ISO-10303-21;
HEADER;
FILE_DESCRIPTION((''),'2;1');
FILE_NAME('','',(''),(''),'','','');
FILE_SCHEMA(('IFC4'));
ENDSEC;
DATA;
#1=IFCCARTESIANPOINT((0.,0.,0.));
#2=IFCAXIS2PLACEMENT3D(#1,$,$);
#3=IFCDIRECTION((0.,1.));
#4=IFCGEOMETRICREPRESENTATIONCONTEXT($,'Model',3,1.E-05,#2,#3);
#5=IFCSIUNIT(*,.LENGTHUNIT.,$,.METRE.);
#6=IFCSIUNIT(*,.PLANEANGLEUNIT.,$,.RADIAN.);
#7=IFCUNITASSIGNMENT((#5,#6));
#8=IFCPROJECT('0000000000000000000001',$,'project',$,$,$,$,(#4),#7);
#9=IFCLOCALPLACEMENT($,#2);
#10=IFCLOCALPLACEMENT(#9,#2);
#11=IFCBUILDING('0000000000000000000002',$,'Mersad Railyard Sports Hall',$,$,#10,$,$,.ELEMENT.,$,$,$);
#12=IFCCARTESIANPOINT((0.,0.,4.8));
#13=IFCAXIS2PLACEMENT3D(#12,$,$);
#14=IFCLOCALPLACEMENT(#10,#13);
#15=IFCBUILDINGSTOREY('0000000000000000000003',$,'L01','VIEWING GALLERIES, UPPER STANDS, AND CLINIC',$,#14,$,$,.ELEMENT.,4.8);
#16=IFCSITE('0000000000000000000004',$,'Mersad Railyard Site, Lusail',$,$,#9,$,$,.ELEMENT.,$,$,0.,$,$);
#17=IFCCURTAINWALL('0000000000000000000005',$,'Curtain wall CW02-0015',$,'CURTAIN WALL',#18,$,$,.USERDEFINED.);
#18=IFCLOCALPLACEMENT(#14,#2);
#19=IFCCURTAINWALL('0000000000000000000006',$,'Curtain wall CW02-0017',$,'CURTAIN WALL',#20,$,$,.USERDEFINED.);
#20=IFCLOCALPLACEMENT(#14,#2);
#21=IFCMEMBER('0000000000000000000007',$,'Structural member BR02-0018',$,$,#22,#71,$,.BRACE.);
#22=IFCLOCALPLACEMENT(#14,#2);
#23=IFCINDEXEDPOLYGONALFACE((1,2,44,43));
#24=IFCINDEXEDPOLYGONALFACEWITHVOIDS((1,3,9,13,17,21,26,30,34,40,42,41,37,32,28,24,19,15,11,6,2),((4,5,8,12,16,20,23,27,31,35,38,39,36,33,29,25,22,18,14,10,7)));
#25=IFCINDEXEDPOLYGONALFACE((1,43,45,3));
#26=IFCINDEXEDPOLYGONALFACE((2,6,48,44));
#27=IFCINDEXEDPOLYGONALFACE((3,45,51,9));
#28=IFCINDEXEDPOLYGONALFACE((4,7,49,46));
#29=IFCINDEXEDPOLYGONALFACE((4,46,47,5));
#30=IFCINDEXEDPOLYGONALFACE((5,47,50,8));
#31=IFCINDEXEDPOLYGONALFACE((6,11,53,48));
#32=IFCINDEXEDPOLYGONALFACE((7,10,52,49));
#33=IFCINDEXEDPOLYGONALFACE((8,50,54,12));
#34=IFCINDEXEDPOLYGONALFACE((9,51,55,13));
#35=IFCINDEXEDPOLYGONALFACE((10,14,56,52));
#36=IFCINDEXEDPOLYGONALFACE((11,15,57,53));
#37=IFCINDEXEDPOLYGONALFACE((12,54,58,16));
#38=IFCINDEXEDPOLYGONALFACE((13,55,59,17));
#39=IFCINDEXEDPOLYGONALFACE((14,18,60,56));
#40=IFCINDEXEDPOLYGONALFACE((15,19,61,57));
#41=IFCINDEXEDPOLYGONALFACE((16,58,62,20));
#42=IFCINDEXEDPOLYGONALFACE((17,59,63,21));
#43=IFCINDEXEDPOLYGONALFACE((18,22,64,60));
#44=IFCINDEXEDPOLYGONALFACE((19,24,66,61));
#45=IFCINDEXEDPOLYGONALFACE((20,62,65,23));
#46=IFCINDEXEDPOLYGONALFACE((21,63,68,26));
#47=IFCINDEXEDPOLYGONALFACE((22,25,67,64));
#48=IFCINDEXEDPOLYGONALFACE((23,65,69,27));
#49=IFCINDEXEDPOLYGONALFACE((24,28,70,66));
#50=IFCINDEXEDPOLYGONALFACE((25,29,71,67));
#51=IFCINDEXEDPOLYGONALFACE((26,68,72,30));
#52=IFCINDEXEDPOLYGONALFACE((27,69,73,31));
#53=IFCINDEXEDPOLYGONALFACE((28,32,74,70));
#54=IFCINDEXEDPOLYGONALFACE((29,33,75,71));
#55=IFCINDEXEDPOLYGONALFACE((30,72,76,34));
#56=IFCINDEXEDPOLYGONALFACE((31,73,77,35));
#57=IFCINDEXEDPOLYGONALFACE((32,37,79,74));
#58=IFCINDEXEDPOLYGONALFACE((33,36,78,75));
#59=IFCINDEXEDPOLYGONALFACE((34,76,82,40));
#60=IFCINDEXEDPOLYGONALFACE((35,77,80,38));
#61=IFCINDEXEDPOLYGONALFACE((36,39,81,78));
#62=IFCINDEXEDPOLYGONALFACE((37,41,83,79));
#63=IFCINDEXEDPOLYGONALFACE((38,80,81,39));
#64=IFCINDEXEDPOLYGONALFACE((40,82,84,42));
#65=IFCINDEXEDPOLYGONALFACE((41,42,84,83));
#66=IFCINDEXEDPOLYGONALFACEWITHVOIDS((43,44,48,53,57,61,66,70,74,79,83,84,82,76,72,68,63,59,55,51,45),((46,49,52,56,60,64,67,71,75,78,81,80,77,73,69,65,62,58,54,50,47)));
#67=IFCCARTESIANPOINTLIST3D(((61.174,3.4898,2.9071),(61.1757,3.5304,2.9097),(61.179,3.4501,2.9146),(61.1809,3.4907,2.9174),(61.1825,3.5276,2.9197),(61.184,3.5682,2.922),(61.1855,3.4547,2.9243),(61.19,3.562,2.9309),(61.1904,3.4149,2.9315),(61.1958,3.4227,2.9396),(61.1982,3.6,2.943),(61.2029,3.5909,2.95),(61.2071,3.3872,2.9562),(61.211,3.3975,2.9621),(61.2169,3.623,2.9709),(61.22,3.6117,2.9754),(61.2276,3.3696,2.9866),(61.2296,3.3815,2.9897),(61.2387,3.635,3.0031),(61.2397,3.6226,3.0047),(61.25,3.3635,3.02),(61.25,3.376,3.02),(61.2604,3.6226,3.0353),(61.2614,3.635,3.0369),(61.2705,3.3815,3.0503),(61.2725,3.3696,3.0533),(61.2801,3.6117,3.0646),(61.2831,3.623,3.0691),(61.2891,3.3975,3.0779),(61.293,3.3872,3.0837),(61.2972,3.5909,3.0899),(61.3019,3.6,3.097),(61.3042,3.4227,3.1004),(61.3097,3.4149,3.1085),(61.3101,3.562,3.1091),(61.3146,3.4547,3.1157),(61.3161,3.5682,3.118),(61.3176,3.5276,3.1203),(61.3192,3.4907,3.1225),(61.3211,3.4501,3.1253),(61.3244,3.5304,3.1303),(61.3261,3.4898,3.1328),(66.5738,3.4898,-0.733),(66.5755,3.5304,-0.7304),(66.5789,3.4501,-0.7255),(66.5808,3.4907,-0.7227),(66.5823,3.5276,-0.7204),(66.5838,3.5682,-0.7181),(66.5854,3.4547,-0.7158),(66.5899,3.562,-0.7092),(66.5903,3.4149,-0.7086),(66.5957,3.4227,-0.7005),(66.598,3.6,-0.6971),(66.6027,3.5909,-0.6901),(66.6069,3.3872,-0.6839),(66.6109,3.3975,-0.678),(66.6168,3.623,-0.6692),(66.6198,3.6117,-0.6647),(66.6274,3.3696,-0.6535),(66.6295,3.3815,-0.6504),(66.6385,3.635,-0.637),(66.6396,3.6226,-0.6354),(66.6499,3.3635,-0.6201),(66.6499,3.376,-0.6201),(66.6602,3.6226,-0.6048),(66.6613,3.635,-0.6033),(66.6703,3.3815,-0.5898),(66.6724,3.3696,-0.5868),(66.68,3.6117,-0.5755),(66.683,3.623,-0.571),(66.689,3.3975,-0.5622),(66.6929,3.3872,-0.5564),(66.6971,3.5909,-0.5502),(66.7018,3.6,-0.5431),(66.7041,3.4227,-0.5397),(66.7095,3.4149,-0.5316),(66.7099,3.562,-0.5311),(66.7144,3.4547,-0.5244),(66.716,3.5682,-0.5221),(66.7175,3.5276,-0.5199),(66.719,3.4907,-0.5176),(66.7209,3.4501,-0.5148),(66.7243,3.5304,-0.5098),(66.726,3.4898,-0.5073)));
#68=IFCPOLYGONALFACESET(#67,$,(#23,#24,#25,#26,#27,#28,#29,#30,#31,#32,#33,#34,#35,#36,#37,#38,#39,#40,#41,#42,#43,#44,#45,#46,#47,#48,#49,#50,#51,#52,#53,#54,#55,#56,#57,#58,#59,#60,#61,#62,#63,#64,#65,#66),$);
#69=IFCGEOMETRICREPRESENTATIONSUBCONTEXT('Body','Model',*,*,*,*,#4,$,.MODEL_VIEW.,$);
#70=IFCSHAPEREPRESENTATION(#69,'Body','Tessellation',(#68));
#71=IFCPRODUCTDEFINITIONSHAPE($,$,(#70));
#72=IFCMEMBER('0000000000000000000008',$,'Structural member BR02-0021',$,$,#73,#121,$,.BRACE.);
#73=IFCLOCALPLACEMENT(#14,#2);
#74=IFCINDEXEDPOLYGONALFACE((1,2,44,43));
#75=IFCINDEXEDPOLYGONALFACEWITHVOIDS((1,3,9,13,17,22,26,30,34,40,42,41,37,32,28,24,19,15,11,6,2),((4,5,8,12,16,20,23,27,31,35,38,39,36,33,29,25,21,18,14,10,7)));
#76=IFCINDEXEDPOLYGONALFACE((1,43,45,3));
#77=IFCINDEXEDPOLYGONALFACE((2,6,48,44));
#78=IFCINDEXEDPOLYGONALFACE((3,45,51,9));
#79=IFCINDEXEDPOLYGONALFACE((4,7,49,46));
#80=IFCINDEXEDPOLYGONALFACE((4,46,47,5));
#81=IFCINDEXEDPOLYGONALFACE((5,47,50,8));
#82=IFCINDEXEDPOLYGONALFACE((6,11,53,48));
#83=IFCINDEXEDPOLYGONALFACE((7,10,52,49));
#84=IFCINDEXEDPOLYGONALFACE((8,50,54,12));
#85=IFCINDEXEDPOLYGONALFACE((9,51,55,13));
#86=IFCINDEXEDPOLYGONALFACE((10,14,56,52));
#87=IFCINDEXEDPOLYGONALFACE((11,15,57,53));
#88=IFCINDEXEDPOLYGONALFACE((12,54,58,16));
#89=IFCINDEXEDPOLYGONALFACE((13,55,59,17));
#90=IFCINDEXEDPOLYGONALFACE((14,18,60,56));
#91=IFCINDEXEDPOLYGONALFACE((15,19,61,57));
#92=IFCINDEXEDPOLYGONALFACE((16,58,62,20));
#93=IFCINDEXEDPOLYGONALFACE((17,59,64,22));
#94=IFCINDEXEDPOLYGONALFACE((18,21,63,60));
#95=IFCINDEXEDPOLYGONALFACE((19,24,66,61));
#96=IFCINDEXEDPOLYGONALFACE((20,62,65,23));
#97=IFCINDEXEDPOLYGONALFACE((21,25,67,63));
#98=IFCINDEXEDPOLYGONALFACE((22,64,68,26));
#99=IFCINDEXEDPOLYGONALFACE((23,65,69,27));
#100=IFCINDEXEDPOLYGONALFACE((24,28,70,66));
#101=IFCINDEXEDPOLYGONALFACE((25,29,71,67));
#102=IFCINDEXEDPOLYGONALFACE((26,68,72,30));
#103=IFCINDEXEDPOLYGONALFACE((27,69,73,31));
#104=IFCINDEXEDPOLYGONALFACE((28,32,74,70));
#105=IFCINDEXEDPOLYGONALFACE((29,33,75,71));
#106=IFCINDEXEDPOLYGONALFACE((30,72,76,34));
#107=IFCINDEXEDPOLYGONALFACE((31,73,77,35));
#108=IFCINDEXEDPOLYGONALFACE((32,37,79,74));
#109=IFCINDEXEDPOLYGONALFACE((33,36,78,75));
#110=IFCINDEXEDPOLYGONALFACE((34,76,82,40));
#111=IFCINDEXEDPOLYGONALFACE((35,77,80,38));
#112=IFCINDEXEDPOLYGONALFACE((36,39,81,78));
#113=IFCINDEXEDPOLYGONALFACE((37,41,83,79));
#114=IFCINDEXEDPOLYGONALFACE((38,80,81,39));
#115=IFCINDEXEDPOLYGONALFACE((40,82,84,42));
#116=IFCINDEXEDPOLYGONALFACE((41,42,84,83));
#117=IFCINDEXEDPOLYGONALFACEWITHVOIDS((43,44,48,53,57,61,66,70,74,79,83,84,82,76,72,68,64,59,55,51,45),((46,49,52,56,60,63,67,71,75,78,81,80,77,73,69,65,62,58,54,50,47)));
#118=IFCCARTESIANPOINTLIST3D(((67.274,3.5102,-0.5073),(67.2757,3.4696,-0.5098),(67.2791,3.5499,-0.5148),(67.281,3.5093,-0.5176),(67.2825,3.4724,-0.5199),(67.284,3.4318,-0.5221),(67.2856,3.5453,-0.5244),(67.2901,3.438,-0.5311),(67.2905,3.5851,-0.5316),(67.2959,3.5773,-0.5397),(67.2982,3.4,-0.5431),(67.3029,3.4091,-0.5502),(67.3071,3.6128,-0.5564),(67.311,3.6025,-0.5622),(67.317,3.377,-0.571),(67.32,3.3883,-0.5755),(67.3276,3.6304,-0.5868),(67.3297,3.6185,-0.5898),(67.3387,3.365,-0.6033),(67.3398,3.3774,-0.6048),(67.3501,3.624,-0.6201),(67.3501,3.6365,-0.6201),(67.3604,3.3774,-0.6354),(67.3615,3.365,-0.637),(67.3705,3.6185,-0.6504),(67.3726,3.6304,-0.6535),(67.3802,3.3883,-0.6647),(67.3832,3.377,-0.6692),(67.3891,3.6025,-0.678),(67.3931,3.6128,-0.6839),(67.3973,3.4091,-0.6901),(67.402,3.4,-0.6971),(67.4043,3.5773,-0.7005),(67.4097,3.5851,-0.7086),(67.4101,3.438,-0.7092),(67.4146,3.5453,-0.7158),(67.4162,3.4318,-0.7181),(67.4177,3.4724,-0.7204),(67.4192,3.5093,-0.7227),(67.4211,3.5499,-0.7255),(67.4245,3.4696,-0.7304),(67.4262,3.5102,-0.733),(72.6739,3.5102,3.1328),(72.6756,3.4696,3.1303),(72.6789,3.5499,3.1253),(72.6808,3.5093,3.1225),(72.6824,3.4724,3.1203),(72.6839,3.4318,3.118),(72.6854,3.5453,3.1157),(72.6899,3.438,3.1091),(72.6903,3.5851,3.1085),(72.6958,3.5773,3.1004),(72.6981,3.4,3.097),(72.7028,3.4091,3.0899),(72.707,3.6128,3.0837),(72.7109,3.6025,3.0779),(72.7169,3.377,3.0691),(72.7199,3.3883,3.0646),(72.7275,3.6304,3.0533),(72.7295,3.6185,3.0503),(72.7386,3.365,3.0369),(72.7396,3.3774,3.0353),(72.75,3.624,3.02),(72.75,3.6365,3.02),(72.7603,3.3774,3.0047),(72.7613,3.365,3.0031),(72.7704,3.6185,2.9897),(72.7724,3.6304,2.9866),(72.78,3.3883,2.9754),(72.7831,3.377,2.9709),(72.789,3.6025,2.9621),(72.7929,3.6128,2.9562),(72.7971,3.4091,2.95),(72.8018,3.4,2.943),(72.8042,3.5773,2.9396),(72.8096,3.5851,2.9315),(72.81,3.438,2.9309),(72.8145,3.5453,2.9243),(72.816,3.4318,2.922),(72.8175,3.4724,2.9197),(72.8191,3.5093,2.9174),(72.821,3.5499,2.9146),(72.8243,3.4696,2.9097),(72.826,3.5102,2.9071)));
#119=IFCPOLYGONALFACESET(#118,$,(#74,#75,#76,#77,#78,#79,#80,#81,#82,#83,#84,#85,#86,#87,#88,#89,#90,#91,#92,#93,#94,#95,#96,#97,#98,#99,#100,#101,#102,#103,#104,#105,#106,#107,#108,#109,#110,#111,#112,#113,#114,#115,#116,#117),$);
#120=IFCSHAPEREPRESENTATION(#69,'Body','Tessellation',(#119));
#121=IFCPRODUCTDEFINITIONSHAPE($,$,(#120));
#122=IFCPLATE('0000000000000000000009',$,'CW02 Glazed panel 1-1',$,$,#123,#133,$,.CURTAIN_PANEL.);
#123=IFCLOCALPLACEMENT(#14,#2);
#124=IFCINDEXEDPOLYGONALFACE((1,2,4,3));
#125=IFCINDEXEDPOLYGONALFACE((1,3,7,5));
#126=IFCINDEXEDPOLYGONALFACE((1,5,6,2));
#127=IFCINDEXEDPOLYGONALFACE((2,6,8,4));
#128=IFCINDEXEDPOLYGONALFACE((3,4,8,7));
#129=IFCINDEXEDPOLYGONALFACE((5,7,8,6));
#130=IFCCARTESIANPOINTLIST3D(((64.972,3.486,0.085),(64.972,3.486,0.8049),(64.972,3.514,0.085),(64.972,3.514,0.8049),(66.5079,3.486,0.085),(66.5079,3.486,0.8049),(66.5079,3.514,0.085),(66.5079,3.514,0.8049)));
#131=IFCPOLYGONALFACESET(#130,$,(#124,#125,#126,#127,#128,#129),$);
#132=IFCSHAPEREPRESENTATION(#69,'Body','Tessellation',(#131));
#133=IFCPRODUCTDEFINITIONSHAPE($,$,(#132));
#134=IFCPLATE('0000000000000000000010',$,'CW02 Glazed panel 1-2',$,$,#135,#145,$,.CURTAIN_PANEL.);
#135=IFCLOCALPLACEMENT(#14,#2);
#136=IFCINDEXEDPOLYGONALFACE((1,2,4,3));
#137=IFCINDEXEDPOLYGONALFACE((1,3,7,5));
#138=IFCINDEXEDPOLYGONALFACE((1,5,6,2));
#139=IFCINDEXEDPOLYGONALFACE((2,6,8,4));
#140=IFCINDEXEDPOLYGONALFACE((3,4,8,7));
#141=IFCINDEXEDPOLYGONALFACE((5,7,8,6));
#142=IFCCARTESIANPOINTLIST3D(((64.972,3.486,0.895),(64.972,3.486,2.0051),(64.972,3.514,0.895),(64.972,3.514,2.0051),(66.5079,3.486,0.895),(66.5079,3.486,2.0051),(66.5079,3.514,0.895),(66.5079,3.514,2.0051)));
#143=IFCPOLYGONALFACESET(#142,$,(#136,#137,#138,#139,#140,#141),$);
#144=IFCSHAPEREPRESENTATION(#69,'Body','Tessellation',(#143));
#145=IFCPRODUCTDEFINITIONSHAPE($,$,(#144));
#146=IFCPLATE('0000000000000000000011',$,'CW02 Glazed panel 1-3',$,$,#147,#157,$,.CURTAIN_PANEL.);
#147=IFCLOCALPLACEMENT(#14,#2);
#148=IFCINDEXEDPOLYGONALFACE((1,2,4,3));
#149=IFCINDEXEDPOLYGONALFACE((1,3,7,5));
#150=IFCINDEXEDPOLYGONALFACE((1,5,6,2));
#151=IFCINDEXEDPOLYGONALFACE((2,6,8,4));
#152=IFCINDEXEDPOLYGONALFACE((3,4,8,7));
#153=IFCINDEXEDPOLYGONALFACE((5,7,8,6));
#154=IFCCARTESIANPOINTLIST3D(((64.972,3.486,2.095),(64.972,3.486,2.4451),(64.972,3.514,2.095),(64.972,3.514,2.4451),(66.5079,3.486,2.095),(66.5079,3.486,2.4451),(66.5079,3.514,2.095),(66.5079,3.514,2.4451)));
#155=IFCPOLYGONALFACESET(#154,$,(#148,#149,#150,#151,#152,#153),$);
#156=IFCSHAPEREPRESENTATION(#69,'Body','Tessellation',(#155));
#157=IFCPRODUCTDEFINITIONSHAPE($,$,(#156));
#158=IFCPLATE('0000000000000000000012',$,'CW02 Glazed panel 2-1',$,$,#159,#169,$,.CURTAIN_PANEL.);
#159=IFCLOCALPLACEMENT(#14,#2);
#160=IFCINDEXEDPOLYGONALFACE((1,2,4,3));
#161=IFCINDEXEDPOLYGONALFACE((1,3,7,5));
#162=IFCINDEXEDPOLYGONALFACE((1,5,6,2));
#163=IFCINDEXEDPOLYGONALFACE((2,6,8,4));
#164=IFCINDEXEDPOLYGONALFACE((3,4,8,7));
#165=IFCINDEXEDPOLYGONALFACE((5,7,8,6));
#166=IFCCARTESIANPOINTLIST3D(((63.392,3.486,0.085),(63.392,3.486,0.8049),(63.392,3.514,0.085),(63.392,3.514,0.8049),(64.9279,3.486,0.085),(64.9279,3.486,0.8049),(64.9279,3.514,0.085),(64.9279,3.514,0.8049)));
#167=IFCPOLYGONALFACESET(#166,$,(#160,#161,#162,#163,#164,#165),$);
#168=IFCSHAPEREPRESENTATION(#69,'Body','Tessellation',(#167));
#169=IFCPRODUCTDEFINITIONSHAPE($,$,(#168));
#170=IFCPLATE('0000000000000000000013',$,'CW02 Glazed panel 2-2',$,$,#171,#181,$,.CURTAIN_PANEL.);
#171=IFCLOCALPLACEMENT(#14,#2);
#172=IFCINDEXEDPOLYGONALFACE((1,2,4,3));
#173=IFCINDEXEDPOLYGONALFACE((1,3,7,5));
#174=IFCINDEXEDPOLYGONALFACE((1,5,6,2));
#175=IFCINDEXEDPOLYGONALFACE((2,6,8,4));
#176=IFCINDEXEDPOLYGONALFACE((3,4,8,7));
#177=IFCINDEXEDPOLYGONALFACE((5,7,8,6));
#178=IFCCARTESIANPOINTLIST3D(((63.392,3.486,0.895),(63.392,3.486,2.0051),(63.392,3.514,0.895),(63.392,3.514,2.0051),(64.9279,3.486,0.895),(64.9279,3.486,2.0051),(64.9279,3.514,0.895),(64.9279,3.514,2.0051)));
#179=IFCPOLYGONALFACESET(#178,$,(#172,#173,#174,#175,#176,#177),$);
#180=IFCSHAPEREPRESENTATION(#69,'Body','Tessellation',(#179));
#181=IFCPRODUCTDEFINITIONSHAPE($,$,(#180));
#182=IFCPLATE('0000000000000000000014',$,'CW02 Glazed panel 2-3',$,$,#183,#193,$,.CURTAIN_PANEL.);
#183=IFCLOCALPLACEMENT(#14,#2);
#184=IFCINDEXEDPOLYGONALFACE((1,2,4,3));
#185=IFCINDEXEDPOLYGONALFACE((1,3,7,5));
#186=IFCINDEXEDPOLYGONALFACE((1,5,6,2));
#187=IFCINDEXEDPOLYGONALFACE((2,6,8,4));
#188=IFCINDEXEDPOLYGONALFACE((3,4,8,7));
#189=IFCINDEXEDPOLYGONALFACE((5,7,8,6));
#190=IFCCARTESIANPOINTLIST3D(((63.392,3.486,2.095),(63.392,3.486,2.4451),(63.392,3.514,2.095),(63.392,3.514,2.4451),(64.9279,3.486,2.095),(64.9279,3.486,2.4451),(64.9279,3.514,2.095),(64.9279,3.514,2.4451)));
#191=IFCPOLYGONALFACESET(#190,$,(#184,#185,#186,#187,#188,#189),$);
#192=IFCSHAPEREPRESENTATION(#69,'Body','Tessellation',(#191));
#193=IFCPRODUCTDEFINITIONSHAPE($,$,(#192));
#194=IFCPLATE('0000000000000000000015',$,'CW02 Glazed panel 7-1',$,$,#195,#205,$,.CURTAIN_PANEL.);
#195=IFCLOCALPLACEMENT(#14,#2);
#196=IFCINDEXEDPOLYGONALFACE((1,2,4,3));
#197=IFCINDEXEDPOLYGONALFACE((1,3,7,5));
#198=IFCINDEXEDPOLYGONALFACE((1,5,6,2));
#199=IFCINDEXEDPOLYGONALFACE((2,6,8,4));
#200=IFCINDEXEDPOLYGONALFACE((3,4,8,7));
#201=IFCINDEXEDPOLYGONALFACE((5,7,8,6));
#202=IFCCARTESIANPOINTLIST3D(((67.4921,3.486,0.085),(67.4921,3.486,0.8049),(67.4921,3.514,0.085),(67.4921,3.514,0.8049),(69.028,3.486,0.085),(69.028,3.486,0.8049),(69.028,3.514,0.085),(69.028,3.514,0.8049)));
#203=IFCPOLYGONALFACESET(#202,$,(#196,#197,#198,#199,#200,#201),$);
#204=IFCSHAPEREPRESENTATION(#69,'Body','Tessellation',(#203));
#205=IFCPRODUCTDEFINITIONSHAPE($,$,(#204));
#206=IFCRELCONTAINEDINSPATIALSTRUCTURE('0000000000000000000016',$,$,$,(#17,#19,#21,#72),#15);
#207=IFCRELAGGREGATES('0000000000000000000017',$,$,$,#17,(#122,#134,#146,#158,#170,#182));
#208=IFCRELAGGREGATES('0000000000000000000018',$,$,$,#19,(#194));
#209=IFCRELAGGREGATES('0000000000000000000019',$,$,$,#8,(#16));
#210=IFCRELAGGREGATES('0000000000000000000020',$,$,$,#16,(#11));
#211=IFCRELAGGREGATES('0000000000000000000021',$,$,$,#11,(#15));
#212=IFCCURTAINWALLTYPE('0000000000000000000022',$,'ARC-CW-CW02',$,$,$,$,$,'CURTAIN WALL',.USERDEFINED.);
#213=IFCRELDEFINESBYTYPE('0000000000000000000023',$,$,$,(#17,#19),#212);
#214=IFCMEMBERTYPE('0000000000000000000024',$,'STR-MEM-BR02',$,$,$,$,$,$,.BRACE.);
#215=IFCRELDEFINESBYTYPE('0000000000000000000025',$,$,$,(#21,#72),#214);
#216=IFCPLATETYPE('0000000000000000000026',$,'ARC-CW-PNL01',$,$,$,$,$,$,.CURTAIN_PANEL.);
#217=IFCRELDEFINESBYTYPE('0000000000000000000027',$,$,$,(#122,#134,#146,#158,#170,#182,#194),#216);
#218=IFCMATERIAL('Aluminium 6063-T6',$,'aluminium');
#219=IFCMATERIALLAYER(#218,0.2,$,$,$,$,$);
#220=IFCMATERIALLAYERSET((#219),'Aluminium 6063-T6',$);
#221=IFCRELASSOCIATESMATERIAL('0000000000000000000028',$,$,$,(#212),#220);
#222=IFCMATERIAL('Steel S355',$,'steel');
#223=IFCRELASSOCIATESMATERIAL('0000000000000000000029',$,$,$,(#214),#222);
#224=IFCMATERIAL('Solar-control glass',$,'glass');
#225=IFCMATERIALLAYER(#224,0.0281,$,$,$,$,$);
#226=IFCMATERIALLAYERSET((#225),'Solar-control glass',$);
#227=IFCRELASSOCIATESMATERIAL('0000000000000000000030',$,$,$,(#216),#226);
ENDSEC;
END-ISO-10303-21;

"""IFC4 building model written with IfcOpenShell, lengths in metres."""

from ifc_helpers import new_model, si_unit, direction, frame, origin, origin_2d, place, context, subcontext, project, spatial, rectangle, hollow_circle, extrude, material, layer, layer_set, material_profile, profile_set, type_object, element, aggregate, save


model = new_model("IFC4")

# Units and contexts
model_context = context("Model", 3, precision=1e-05, world=origin(), true_north=direction((0.0, 1.0)))
body_context = subcontext(model_context, "Body", "Model", "MODEL_VIEW")
ifc_project = project(units=[si_unit("LENGTHUNIT", "METRE"), si_unit("PLANEANGLEUNIT", "RADIAN")], contexts=[model_context])

# Site, building, storey
site_placement = place(None, origin())
site = spatial("IfcSite", under=ifc_project, at=site_placement, Name="Mersad Railyard Site, Lusail", CompositionType="ELEMENT", RefElevation=0.0)
building_placement = place(site_placement, origin())
building = spatial("IfcBuilding", under=site, at=building_placement, Name="Mersad Railyard Sports Hall", CompositionType="ELEMENT")
storey_placement = place(building_placement, frame((0.0, 0.0, 4.8)))
storey = spatial("IfcBuildingStorey", under=building, at=storey_placement, Name="L01", Description="VIEWING GALLERIES, UPPER STANDS, AND CLINIC", CompositionType="ELEMENT", Elevation=4.8)

# Curtain wall
ifc_material_1 = material(Name="Aluminium 6063-T6", Category="aluminium")
ifc_layer_1 = layer(ifc_material_1, 0.2)
ifc_layer_set_1 = layer_set([ifc_layer_1], Name="Aluminium 6063-T6")
curtain_wall_type = type_object("IfcCurtainWallType", Name="ARC-CW-CW02", ElementType="CURTAIN WALL", PredefinedType="USERDEFINED", material=ifc_layer_set_1)
curtain_wall_1_placement = place(storey_placement, origin())
curtain_wall_1 = element("IfcCurtainWall", 1, at=curtain_wall_1_placement, inside=storey, type_object=curtain_wall_type, Name="Curtain wall CW02-0015", ObjectType="CURTAIN WALL", PredefinedType="USERDEFINED")

# Curtain wall
curtain_wall_2_placement = place(storey_placement, origin())
curtain_wall_2 = element("IfcCurtainWall", 2, at=curtain_wall_2_placement, inside=storey, type_object=curtain_wall_type, Name="Curtain wall CW02-0017", ObjectType="CURTAIN WALL", PredefinedType="USERDEFINED")

# Members
ifc_material_2 = material(Name="Steel S355", Category="steel")
ifc_material_profile_1 = material_profile(ifc_material_2, hollow_circle(Radius=0.1365, WallThickness=0.0125, at=origin_2d()), Name="CHS 273x12.5")
ifc_profile_set_1 = profile_set([ifc_material_profile_1], Name="Steel S355")
member_type_1 = type_object("IfcMemberType", Name="STR-MEM-BR02", PredefinedType="BRACE", material=ifc_profile_set_1)
for number, where, z_axis, x_axis, name in (
    (3, (66.6499, 3.5, -0.6201), (-0.82919, 0.0, 0.558967), (0.0, -1.0, 0.0), "Structural member BR02-0018"),
    (4, (67.3501, 3.5, -0.6201), (0.82919, 0.0, 0.558967), (0.0, 1.0, 0.0), "Structural member BR02-0021"),
):
    element("IfcMember", number, at=place(storey_placement, frame(where, z_axis=z_axis, x_axis=x_axis)), inside=storey, type_object=member_type_1, Name=name, PredefinedType="BRACE", context=body_context, shape_type="SweptSolid", body=[
        extrude(hollow_circle(Radius=0.1365, WallThickness=0.0125, at=origin_2d()), origin(), (0.0, 0.0, 1.0), 6.5122),
    ])

# Plates
ifc_material_3 = material(Name="Solar-control glass", Category="glass")
ifc_layer_2 = layer(ifc_material_3, 0.0281)
ifc_layer_set_2 = layer_set([ifc_layer_2], Name="Solar-control glass")
plate_type_1 = type_object("IfcPlateType", Name="ARC-CW-PNL01", PredefinedType="CURTAIN_PANEL", material=ifc_layer_set_2)
plate_1_placement = place(storey_placement, frame((65.74, 3.5, 0.085), z_axis=(0.0, 0.0, 1.0), x_axis=(-1.0, 0.0, 0.0)))
plate_1 = element("IfcPlate", 5, at=plate_1_placement, type_object=plate_type_1, Name="CW02 Glazed panel 1-1", PredefinedType="CURTAIN_PANEL", context=body_context, shape_type="SweptSolid", body=[
    extrude(rectangle(XDim=1.5359, YDim=0.0281, at=origin_2d()), origin(), (0.0, 0.0, 1.0), 0.72),
])
plate_2_placement = place(storey_placement, frame((65.74, 3.5, 0.895), z_axis=(0.0, 0.0, 1.0), x_axis=(-1.0, 0.0, 0.0)))
plate_2 = element("IfcPlate", 6, at=plate_2_placement, type_object=plate_type_1, Name="CW02 Glazed panel 1-2", PredefinedType="CURTAIN_PANEL", context=body_context, shape_type="SweptSolid", body=[
    extrude(rectangle(XDim=1.5359, YDim=0.0281, at=origin_2d()), origin(), (0.0, 0.0, 1.0), 1.1101),
])
plate_3_placement = place(storey_placement, frame((65.74, 3.5, 2.095), z_axis=(0.0, 0.0, 1.0), x_axis=(-1.0, 0.0, 0.0)))
plate_3 = element("IfcPlate", 7, at=plate_3_placement, type_object=plate_type_1, Name="CW02 Glazed panel 1-3", PredefinedType="CURTAIN_PANEL", context=body_context, shape_type="SweptSolid", body=[
    extrude(rectangle(XDim=1.5359, YDim=0.0281, at=origin_2d()), origin(), (0.0, 0.0, 1.0), 0.3501),
])
plate_4_placement = place(storey_placement, frame((64.1599, 3.5, 0.085), z_axis=(0.0, 0.0, 1.0), x_axis=(-1.0, 0.0, 0.0)))
plate_4 = element("IfcPlate", 8, at=plate_4_placement, type_object=plate_type_1, Name="CW02 Glazed panel 2-1", PredefinedType="CURTAIN_PANEL", context=body_context, shape_type="SweptSolid", body=[
    extrude(rectangle(XDim=1.5359, YDim=0.0281, at=origin_2d()), origin(), (0.0, 0.0, 1.0), 0.72),
])
plate_5_placement = place(storey_placement, frame((64.1599, 3.5, 0.895), z_axis=(0.0, 0.0, 1.0), x_axis=(-1.0, 0.0, 0.0)))
plate_5 = element("IfcPlate", 9, at=plate_5_placement, type_object=plate_type_1, Name="CW02 Glazed panel 2-2", PredefinedType="CURTAIN_PANEL", context=body_context, shape_type="SweptSolid", body=[
    extrude(rectangle(XDim=1.5359, YDim=0.0281, at=origin_2d()), origin(), (0.0, 0.0, 1.0), 1.1101),
])
plate_6_placement = place(storey_placement, frame((64.1599, 3.5, 2.095), z_axis=(0.0, 0.0, 1.0), x_axis=(-1.0, 0.0, 0.0)))
plate_6 = element("IfcPlate", 10, at=plate_6_placement, type_object=plate_type_1, Name="CW02 Glazed panel 2-3", PredefinedType="CURTAIN_PANEL", context=body_context, shape_type="SweptSolid", body=[
    extrude(rectangle(XDim=1.5359, YDim=0.0281, at=origin_2d()), origin(), (0.0, 0.0, 1.0), 0.3501),
])
aggregate(curtain_wall_1, [plate_1, plate_2, plate_3, plate_4, plate_5, plate_6])
plate_7_placement = place(storey_placement, frame((68.26, 3.5, 0.085), z_axis=(0.0, 0.0, 1.0), x_axis=(-1.0, 0.0, 0.0)))
plate_7 = element("IfcPlate", 11, at=plate_7_placement, type_object=plate_type_1, Name="CW02 Glazed panel 7-1", PredefinedType="CURTAIN_PANEL", context=body_context, shape_type="SweptSolid", body=[
    extrude(rectangle(XDim=1.5359, YDim=0.0281, at=origin_2d()), origin(), (0.0, 0.0, 1.0), 0.72),
])
aggregate(curtain_wall_2, [plate_7])

save(model, "model.ifc")
